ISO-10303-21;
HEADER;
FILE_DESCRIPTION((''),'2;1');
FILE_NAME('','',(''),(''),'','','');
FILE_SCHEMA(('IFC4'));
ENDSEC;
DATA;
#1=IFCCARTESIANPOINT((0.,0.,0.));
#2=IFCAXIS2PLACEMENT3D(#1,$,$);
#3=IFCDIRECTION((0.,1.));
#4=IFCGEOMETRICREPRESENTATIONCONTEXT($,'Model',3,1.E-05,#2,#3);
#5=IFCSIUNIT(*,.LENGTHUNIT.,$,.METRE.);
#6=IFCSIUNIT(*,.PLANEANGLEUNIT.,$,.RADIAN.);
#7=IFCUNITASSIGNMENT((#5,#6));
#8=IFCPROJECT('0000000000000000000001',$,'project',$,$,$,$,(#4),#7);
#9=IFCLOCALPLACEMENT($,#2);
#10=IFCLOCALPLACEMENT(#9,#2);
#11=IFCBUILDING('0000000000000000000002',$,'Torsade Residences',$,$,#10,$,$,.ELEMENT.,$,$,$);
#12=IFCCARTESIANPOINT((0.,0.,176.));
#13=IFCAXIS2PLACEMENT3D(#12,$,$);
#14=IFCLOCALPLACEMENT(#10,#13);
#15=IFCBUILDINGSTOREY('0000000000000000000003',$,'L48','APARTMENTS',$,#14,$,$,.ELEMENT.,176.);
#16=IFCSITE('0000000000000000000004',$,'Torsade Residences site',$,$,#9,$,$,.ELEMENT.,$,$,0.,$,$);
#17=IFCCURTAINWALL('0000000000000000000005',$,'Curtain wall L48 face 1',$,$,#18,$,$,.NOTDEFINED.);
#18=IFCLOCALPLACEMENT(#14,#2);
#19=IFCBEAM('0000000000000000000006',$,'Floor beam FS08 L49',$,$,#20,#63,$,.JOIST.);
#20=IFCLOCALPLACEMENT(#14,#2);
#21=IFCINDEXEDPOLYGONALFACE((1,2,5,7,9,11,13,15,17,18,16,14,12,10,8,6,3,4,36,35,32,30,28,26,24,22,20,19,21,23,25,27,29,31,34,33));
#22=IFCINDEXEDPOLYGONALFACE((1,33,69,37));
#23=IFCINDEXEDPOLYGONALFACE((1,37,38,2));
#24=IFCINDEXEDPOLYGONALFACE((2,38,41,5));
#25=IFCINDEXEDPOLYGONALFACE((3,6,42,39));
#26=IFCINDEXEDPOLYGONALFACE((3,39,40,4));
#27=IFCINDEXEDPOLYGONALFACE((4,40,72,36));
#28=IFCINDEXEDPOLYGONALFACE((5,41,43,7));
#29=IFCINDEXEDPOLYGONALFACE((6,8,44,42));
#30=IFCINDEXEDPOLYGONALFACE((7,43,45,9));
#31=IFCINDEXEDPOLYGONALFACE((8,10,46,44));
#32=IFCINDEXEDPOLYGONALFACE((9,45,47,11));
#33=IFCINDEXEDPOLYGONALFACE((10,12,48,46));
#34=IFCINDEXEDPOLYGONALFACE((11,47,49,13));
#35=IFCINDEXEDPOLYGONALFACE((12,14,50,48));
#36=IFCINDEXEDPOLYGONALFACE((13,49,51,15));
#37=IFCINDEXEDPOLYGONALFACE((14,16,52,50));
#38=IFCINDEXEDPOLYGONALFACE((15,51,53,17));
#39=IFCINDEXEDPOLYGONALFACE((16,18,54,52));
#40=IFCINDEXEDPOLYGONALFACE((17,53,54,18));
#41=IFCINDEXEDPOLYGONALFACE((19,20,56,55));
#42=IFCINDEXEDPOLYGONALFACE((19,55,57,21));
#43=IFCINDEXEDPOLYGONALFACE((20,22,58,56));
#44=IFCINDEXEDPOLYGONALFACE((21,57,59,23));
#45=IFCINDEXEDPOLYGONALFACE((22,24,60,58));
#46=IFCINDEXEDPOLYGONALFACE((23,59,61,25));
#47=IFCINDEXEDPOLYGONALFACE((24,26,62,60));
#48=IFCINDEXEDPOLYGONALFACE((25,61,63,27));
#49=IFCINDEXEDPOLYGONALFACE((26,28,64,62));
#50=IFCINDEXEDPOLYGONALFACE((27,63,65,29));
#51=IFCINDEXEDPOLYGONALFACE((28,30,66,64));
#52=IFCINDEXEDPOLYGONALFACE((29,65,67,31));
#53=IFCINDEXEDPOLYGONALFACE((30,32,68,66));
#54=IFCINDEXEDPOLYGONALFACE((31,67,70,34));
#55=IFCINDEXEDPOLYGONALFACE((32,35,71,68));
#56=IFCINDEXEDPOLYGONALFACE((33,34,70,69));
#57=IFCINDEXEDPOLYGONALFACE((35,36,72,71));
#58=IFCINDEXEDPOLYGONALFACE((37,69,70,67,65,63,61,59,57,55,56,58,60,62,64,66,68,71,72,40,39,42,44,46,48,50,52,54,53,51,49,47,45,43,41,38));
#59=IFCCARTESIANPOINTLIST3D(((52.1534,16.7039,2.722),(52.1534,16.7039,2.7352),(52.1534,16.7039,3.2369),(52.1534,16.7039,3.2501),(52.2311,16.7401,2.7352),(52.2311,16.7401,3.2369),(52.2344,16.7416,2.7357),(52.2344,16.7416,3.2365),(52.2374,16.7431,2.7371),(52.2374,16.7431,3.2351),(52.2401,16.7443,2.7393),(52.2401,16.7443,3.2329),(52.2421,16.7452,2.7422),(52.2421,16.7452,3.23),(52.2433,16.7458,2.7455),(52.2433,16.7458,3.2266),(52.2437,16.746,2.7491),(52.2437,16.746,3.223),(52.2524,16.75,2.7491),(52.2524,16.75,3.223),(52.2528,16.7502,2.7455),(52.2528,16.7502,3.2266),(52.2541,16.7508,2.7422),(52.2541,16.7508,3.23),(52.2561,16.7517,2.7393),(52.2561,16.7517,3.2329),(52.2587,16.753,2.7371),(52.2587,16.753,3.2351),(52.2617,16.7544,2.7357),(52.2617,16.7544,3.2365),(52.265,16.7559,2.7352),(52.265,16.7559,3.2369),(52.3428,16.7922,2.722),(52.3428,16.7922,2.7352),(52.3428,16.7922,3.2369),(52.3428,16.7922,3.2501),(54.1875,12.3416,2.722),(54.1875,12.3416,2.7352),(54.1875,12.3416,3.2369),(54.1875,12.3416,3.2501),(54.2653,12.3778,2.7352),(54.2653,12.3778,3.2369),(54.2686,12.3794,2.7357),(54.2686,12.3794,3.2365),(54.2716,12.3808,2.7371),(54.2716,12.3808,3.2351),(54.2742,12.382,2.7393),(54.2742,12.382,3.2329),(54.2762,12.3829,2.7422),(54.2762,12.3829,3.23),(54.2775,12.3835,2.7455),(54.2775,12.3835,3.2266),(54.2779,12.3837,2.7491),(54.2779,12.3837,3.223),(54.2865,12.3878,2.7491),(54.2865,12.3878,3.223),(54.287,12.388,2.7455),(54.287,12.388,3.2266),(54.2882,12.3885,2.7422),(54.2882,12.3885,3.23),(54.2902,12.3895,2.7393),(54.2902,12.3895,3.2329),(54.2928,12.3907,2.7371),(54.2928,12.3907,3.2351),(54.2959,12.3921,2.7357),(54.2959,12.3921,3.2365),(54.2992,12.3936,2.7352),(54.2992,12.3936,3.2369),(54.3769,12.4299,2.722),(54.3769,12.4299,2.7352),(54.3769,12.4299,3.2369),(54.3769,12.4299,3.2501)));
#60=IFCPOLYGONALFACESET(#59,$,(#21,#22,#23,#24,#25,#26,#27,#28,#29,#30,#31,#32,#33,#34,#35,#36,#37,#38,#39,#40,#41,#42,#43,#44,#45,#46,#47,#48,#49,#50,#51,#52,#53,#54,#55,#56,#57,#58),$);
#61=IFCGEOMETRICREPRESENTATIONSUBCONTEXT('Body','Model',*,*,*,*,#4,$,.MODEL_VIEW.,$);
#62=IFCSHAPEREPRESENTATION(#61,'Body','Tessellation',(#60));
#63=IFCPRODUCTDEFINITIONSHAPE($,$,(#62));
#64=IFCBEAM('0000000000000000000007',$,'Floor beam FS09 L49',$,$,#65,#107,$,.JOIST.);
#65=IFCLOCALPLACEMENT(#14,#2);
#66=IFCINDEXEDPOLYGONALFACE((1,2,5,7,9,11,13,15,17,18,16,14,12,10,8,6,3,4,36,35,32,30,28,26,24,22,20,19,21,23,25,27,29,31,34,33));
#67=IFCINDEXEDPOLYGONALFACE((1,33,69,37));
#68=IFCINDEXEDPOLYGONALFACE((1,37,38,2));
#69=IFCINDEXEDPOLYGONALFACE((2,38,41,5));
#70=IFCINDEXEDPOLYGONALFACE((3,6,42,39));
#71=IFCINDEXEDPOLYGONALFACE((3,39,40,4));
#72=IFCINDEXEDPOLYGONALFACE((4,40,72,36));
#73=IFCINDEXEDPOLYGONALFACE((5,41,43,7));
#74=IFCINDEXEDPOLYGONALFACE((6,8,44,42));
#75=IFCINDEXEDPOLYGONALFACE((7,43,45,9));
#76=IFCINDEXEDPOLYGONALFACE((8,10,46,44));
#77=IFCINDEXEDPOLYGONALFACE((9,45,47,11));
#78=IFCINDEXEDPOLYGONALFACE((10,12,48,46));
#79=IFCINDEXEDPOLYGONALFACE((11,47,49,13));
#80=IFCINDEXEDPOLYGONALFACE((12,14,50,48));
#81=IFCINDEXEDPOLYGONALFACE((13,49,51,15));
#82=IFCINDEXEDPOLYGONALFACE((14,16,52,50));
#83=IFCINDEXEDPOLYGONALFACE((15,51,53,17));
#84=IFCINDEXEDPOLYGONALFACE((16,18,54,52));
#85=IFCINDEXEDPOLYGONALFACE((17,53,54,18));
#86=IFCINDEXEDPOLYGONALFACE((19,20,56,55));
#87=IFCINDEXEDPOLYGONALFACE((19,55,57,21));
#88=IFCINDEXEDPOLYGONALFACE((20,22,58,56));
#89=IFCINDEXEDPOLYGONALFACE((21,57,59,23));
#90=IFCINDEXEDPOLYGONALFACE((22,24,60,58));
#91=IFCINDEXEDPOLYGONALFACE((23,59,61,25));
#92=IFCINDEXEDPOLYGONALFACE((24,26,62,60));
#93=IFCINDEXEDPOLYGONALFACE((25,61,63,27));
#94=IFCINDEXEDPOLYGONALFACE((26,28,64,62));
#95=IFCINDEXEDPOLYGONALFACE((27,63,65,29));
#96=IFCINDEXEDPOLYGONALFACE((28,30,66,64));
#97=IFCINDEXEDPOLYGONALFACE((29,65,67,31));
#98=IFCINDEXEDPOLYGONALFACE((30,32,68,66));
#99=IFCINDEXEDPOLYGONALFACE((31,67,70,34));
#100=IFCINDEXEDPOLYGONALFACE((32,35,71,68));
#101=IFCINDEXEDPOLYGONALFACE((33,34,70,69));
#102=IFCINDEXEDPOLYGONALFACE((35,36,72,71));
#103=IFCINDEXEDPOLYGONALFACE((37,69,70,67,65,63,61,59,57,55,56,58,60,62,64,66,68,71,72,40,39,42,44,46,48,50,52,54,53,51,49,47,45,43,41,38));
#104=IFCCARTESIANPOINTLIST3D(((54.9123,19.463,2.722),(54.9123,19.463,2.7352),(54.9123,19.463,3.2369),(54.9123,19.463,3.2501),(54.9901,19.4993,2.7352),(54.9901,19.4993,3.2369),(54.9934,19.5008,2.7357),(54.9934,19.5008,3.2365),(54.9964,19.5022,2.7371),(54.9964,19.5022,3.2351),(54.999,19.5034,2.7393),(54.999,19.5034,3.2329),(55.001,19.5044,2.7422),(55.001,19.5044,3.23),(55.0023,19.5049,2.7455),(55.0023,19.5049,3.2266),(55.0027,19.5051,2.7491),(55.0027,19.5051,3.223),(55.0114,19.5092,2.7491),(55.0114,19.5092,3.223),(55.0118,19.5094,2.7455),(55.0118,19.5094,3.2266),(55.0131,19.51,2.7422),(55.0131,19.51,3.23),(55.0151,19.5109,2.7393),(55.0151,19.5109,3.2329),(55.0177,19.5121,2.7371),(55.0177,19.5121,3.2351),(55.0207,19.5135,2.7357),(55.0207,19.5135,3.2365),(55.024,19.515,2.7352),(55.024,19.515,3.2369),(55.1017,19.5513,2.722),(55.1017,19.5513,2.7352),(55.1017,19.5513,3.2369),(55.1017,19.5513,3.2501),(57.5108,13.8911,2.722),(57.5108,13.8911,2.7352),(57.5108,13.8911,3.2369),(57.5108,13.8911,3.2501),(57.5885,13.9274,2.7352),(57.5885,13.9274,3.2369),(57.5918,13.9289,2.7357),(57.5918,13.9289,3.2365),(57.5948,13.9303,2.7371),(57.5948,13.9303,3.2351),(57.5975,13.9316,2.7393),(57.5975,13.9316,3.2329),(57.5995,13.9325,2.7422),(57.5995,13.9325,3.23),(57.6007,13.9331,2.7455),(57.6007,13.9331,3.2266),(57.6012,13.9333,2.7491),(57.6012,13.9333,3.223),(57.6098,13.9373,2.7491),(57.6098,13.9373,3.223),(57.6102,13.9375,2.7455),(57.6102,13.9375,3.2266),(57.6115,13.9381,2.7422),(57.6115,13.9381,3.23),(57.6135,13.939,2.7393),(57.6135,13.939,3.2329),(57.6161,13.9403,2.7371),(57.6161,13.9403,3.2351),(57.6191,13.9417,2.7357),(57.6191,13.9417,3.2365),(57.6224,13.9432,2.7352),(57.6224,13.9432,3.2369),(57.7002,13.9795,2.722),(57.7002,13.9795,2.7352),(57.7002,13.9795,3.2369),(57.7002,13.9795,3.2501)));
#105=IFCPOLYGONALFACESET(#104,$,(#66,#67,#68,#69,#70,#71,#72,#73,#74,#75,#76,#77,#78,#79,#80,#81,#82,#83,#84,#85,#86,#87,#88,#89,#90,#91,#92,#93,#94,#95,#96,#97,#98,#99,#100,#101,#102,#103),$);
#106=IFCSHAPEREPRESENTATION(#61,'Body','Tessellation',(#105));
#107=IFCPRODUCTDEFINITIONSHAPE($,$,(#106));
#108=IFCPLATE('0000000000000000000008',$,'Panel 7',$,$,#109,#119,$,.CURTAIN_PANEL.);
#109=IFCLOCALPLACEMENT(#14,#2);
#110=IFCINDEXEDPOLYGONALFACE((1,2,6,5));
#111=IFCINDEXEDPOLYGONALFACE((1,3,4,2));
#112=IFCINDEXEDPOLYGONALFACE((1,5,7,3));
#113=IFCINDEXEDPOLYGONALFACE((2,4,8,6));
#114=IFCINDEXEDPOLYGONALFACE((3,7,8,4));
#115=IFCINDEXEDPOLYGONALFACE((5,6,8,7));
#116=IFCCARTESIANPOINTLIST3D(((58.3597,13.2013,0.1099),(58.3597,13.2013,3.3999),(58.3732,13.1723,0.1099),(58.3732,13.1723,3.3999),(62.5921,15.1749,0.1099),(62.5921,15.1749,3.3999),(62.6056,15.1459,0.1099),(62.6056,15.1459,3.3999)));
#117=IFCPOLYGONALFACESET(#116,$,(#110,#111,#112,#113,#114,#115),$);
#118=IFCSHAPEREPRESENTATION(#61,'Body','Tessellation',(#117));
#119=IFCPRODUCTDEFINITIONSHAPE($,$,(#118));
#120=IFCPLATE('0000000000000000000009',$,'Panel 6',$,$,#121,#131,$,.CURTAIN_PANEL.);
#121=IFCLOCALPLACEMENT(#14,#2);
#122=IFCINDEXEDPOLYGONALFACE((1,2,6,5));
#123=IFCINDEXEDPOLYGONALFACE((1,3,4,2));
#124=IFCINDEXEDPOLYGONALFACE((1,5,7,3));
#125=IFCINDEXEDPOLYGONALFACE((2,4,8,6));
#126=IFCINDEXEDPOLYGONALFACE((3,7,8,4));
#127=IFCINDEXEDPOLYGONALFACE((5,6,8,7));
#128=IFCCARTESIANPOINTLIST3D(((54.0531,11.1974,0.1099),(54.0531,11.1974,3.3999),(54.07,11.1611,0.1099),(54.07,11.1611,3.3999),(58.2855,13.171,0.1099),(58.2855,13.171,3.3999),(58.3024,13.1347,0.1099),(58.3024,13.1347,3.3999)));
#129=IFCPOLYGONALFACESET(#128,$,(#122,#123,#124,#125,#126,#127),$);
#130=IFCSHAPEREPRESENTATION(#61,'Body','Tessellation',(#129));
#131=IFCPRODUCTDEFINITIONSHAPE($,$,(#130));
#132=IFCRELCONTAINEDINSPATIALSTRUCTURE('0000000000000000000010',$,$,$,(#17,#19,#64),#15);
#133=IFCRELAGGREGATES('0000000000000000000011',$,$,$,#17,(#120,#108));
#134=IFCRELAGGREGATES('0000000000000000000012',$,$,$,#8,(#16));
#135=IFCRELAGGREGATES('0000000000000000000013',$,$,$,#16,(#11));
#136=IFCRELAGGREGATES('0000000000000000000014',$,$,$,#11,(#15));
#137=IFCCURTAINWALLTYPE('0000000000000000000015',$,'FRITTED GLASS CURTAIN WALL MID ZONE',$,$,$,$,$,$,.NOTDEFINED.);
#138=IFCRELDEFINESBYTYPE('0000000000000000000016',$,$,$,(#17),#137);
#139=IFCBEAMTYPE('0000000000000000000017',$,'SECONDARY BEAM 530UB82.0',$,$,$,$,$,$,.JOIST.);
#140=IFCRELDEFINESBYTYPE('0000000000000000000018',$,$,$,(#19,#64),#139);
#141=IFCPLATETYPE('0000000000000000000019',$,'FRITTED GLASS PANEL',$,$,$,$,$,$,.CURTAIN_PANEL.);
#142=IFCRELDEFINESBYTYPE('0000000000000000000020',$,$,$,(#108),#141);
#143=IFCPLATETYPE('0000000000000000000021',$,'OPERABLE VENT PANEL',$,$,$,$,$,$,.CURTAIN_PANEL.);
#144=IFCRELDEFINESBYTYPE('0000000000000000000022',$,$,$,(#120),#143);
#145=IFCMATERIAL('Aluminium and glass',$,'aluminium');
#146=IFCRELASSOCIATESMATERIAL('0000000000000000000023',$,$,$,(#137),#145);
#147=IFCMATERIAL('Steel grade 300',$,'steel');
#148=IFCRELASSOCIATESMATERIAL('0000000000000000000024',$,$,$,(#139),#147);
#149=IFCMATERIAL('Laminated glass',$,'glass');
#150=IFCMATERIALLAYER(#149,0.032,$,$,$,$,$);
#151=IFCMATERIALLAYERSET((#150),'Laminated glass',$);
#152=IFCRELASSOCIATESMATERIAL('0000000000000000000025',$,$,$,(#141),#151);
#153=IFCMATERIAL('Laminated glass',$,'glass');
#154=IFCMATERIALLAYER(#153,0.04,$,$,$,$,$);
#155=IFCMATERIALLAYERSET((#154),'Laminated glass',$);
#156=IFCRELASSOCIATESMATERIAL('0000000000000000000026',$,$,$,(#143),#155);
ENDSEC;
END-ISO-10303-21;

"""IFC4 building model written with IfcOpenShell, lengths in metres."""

from ifc_helpers import new_model, si_unit, direction, frame, origin, origin_2d, place, context, subcontext, project, spatial, rectangle, i_section, extrude, material, layer, layer_set, material_profile, profile_set, type_object, element, aggregate, save


model = new_model("IFC4")

# Units and contexts
model_context = context("Model", 3, precision=1e-05, world=origin(), true_north=direction((0.0, 1.0)))
body_context = subcontext(model_context, "Body", "Model", "MODEL_VIEW")
ifc_project = project(units=[si_unit("LENGTHUNIT", "METRE"), si_unit("PLANEANGLEUNIT", "RADIAN")], contexts=[model_context])

# Site, building, storey
site_placement = place(None, origin())
site = spatial("IfcSite", under=ifc_project, at=site_placement, Name="Torsade Residences site", CompositionType="ELEMENT", RefElevation=0.0)
building_placement = place(site_placement, origin())
building = spatial("IfcBuilding", under=site, at=building_placement, Name="Torsade Residences", CompositionType="ELEMENT")
storey_placement = place(building_placement, frame((0.0, 0.0, 176.0)))
storey = spatial("IfcBuildingStorey", under=building, at=storey_placement, Name="L48", Description="APARTMENTS", CompositionType="ELEMENT", Elevation=176.0)

# Curtain wall
ifc_material_1 = material(Name="Aluminium and glass", Category="aluminium")
curtain_wall_type = type_object("IfcCurtainWallType", Name="FRITTED GLASS CURTAIN WALL MID ZONE", PredefinedType="NOTDEFINED", material=ifc_material_1)
curtain_wall_placement = place(storey_placement, origin())
curtain_wall = element("IfcCurtainWall", 1, at=curtain_wall_placement, inside=storey, type_object=curtain_wall_type, Name="Curtain wall L48 face 1", PredefinedType="NOTDEFINED")

# Beams
ifc_material_2 = material(Name="Steel grade 300", Category="steel")
ifc_material_profile_1 = material_profile(ifc_material_2, i_section(OverallWidth=0.209, OverallDepth=0.5281, WebThickness=0.0095, FlangeThickness=0.0132, FilletRadius=0.0139, at=origin_2d()), Name="530UB82.0")
ifc_profile_set_1 = profile_set([ifc_material_profile_1], Name="Steel grade 300")
beam_type_1 = type_object("IfcBeamType", Name="SECONDARY BEAM 530UB82.0", PredefinedType="JOIST", material=ifc_profile_set_1)
beam_1_placement = place(storey_placement, frame((54.2822, 12.3857, 2.9861), z_axis=(-0.422619, 0.906308, 0.0), x_axis=(-0.906308, -0.422619, 0.0)))
element("IfcBeam", 2, at=beam_1_placement, inside=storey, type_object=beam_type_1, Name="Floor beam FS08 L49", PredefinedType="JOIST", context=body_context, shape_type="SweptSolid", body=[
    extrude(i_section(OverallWidth=0.209, OverallDepth=0.5281, WebThickness=0.0095, FlangeThickness=0.0132, FilletRadius=0.0139, at=origin_2d()), origin(), (0.0, 0.0, 1.0), 4.8132),
])
beam_2_placement = place(storey_placement, frame((57.6055, 13.9353, 2.9861), z_axis=(-0.422648, 0.906294, 0.0), x_axis=(-0.906294, -0.422648, 0.0)))
element("IfcBeam", 3, at=beam_2_placement, inside=storey, type_object=beam_type_1, Name="Floor beam FS09 L49", PredefinedType="JOIST", context=body_context, shape_type="SweptSolid", body=[
    extrude(i_section(OverallWidth=0.209, OverallDepth=0.5281, WebThickness=0.0095, FlangeThickness=0.0132, FilletRadius=0.0139, at=origin_2d()), origin(), (0.0, 0.0, 1.0), 6.1479),
])

# Plates
ifc_material_3 = material(Name="Laminated glass", Category="glass")
ifc_layer_1 = layer(ifc_material_3, 0.032)
ifc_layer_set_1 = layer_set([ifc_layer_1], Name="Laminated glass")
plate_type_1 = type_object("IfcPlateType", Name="FRITTED GLASS PANEL", PredefinedType="CURTAIN_PANEL", material=ifc_layer_set_1)
plate_1_placement = place(storey_placement, frame((60.4827, 14.1736, 0.1099), z_axis=(0.0, 0.0, 1.0), x_axis=(0.906308, 0.422618, 0.0)))
plate_1 = element("IfcPlate", 4, at=plate_1_placement, type_object=plate_type_1, Name="Panel 7", PredefinedType="CURTAIN_PANEL", context=body_context, shape_type="SweptSolid", body=[
    extrude(rectangle(XDim=4.6699, YDim=0.032, at=origin_2d()), origin(), (0.0, 0.0, 1.0), 3.29),
])
ifc_material_4 = material(Name="Laminated glass", Category="glass")
ifc_layer_2 = layer(ifc_material_4, 0.04)
ifc_layer_set_2 = layer_set([ifc_layer_2], Name="Laminated glass")
plate_type_2 = type_object("IfcPlateType", Name="OPERABLE VENT PANEL", PredefinedType="CURTAIN_PANEL", material=ifc_layer_set_2)
plate_2_placement = place(storey_placement, frame((56.1777, 12.166, 0.1099), z_axis=(0.0, 0.0, 1.0), x_axis=(0.906308, 0.422618, 0.0)))
plate_2 = element("IfcPlate", 5, at=plate_2_placement, type_object=plate_type_2, Name="Panel 6", PredefinedType="CURTAIN_PANEL", context=body_context, shape_type="SweptSolid", body=[
    extrude(rectangle(XDim=4.6699, YDim=0.04, at=origin_2d()), origin(), (0.0, 0.0, 1.0), 3.29),
])
aggregate(curtain_wall, [plate_2, plate_1])

save(model, "model.ifc")
